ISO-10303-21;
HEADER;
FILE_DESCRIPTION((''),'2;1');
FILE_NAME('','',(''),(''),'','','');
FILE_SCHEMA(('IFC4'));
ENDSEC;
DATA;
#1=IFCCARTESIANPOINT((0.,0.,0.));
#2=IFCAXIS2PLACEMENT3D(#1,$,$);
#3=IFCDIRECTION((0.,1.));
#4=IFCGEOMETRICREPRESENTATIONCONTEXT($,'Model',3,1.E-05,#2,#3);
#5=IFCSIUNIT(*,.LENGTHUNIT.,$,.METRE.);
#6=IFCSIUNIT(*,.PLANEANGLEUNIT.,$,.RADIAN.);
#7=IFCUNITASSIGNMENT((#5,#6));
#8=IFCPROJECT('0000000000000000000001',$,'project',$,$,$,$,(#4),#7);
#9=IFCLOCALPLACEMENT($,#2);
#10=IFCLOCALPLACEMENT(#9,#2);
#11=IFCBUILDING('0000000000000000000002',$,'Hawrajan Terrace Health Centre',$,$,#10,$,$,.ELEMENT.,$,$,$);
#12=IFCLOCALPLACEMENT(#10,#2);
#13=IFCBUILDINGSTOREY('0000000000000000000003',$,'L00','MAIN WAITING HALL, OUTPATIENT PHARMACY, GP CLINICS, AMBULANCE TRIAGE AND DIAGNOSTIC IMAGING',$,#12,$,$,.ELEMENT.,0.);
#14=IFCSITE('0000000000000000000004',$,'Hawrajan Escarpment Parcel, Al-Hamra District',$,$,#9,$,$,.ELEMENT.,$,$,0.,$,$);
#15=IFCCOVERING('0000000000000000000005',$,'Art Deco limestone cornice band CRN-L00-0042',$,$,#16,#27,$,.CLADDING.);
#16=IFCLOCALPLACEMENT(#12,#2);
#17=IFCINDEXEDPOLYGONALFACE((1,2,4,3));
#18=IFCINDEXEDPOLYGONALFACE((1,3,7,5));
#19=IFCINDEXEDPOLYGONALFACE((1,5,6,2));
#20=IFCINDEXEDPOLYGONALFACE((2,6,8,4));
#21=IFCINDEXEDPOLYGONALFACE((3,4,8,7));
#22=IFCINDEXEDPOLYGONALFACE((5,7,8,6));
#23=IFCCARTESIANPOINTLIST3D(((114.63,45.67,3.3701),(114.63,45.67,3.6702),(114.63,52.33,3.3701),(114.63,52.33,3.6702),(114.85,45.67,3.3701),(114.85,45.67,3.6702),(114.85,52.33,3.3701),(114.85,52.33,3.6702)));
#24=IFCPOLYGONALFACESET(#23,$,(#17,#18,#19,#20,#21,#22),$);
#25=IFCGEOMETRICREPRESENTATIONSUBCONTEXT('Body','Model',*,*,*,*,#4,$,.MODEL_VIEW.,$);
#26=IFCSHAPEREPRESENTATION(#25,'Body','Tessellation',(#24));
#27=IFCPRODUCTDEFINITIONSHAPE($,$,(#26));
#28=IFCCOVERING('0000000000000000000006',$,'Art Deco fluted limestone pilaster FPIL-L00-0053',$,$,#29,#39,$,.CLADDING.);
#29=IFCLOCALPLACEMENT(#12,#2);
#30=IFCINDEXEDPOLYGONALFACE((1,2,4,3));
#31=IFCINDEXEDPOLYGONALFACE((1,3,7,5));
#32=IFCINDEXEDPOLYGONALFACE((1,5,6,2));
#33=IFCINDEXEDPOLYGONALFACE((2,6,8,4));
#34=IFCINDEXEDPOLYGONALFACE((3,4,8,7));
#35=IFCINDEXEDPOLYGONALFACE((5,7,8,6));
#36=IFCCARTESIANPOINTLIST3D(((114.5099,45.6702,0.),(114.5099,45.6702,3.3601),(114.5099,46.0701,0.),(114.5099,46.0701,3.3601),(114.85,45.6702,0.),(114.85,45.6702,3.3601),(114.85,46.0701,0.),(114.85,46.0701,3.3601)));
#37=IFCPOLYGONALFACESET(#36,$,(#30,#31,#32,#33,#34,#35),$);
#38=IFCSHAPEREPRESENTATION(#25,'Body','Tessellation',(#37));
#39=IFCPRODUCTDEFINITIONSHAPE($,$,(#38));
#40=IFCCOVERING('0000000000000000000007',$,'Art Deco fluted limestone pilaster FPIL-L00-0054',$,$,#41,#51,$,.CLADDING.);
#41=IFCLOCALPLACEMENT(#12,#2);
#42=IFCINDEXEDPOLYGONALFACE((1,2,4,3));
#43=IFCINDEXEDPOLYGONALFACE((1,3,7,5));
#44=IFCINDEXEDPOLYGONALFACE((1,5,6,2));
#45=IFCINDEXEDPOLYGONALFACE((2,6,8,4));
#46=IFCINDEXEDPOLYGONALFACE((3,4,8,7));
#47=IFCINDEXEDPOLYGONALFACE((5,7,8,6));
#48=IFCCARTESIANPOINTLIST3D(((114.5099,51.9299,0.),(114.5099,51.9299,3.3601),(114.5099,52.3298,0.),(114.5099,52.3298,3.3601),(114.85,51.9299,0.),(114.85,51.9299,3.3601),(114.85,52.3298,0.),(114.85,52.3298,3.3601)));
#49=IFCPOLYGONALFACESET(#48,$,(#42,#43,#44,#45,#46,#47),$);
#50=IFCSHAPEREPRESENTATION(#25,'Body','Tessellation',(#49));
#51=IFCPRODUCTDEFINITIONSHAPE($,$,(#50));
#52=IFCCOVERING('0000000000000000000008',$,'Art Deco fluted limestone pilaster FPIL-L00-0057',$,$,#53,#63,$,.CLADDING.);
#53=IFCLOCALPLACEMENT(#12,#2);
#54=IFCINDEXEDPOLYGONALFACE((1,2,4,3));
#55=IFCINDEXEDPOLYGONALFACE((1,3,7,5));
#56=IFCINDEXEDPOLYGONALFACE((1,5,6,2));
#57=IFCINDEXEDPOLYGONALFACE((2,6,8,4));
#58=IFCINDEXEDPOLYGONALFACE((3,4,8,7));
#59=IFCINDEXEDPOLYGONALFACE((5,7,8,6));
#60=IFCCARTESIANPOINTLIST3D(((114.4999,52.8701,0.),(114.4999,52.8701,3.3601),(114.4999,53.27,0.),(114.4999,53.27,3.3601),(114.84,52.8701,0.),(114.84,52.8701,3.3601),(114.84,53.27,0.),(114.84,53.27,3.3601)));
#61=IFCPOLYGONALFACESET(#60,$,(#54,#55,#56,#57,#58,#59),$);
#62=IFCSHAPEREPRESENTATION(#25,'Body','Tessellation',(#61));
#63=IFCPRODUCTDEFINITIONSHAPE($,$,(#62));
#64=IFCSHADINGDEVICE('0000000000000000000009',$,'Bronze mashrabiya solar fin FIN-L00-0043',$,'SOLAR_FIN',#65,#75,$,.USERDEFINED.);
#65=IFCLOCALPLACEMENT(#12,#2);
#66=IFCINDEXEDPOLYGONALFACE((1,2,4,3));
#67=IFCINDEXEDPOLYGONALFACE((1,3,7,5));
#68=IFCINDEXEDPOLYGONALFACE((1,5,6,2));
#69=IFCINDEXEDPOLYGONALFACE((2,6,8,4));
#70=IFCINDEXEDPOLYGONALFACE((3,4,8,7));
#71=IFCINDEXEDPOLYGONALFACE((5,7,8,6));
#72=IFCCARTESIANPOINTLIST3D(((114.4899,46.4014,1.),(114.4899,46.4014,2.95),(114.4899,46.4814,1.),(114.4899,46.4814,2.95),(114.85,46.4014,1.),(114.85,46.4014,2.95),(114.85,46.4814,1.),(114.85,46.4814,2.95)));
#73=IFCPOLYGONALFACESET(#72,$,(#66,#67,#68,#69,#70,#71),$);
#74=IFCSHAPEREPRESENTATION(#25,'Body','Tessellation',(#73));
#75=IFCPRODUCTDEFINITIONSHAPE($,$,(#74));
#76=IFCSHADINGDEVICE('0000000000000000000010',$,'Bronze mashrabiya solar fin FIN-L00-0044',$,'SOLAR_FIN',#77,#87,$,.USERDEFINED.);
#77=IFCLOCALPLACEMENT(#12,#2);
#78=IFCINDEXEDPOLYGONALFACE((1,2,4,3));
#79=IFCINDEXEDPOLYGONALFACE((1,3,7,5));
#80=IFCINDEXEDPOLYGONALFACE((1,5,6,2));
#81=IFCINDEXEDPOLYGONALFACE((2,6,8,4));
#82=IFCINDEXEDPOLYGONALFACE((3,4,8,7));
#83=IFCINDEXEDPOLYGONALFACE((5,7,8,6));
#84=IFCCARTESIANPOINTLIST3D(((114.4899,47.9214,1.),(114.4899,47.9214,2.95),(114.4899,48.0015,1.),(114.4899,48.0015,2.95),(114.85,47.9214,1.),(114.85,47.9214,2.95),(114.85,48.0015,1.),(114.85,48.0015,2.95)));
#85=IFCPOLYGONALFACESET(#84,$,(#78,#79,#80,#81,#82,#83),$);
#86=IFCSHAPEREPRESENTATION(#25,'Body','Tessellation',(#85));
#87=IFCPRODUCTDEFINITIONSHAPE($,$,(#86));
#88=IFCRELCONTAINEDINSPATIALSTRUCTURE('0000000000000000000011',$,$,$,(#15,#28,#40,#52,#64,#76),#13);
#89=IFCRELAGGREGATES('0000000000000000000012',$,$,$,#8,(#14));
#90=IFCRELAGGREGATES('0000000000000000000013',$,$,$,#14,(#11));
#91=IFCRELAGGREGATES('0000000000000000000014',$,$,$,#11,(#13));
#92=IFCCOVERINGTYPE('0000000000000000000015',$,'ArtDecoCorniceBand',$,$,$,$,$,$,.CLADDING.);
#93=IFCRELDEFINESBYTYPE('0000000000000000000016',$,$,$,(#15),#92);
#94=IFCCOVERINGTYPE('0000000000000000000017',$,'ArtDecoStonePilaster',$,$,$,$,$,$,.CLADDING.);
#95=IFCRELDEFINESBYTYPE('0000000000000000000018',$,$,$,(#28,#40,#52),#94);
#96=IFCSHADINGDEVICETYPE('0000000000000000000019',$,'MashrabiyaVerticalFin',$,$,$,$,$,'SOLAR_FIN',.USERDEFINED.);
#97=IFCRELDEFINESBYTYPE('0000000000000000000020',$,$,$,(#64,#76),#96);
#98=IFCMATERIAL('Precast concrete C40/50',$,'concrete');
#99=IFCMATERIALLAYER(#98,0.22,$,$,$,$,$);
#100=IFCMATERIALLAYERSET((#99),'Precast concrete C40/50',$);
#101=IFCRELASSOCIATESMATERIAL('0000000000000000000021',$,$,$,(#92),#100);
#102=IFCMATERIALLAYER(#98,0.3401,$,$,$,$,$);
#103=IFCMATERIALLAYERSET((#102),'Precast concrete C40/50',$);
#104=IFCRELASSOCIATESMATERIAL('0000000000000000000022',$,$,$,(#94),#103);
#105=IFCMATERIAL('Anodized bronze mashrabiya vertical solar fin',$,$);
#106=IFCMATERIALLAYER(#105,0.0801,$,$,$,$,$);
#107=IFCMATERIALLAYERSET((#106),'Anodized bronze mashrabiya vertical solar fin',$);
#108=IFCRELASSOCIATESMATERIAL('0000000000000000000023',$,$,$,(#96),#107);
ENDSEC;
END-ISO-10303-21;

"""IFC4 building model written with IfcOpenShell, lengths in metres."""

from ifc_helpers import new_model, si_unit, direction, frame, origin, origin_2d, place, context, subcontext, project, spatial, rectangle, extrude, material, layer, layer_set, type_object, element, save


model = new_model("IFC4")

# Units and contexts
model_context = context("Model", 3, precision=1e-05, world=origin(), true_north=direction((0.0, 1.0)))
body_context = subcontext(model_context, "Body", "Model", "MODEL_VIEW")
ifc_project = project(units=[si_unit("LENGTHUNIT", "METRE"), si_unit("PLANEANGLEUNIT", "RADIAN")], contexts=[model_context])

# Site, building, storey
site_placement = place(None, origin())
site = spatial("IfcSite", under=ifc_project, at=site_placement, Name="Hawrajan Escarpment Parcel, Al-Hamra District", CompositionType="ELEMENT", RefElevation=0.0)
building_placement = place(site_placement, origin())
building = spatial("IfcBuilding", under=site, at=building_placement, Name="Hawrajan Terrace Health Centre", CompositionType="ELEMENT")
storey_placement = place(building_placement, origin())
storey = spatial("IfcBuildingStorey", under=building, at=storey_placement, Name="L00", Description="MAIN WAITING HALL, OUTPATIENT PHARMACY, GP CLINICS, AMBULANCE TRIAGE AND DIAGNOSTIC IMAGING", CompositionType="ELEMENT", Elevation=0.0)

# Shared definitions
ifc_material_1 = material(Name="Precast concrete C40/50", Category="concrete")

# Coverings
ifc_layer_1 = layer(ifc_material_1, 0.22)
ifc_layer_set_1 = layer_set([ifc_layer_1], Name="Precast concrete C40/50")
covering_type_1 = type_object("IfcCoveringType", Name="ArtDecoCorniceBand", PredefinedType="CLADDING", material=ifc_layer_set_1)
covering_placement = place(storey_placement, frame((114.74, 49.0, 3.3701), z_axis=(0.0, 0.0, 1.0), x_axis=(0.0, 1.0, 0.0)))
element("IfcCovering", 1, at=covering_placement, inside=storey, type_object=covering_type_1, Name="Art Deco limestone cornice band CRN-L00-0042", PredefinedType="CLADDING", context=body_context, shape_type="SweptSolid", body=[
    extrude(rectangle(XDim=6.6599, YDim=0.22, at=origin_2d()), origin(), (0.0, 0.0, 1.0), 0.3),
])
ifc_layer_2 = layer(ifc_material_1, 0.3401)
ifc_layer_set_2 = layer_set([ifc_layer_2], Name="Precast concrete C40/50")
covering_type_2 = type_object("IfcCoveringType", Name="ArtDecoStonePilaster", PredefinedType="CLADDING", material=ifc_layer_set_2)
for number, where, z_axis, x_axis, name in (
    (2, (114.6799, 45.8701, 0.0), (0.0, 0.0, 1.0), (0.0, 1.0, 0.0), "Art Deco fluted limestone pilaster FPIL-L00-0053"),
    (3, (114.6799, 52.1299, 0.0), (0.0, 0.0, 1.0), (0.0, 1.0, 0.0), "Art Deco fluted limestone pilaster FPIL-L00-0054"),
    (4, (114.6699, 53.0701, 0.0), (0.0, 0.0, 1.0), (0.0, 1.0, 0.0), "Art Deco fluted limestone pilaster FPIL-L00-0057"),
):
    element("IfcCovering", number, at=place(storey_placement, frame(where, z_axis=z_axis, x_axis=x_axis)), inside=storey, type_object=covering_type_2, Name=name, PredefinedType="CLADDING", context=body_context, shape_type="SweptSolid", body=[
        extrude(rectangle(XDim=0.3999, YDim=0.3401, at=origin_2d()), origin(), (0.0, 0.0, 1.0), 3.3601),
    ])

# Shading devices
ifc_material_2 = material(Name="Anodized bronze mashrabiya vertical solar fin")
ifc_layer_3 = layer(ifc_material_2, 0.0801)
ifc_layer_set_3 = layer_set([ifc_layer_3], Name="Anodized bronze mashrabiya vertical solar fin")
shading_device_type = type_object("IfcShadingDeviceType", Name="MashrabiyaVerticalFin", ElementType="SOLAR_FIN", PredefinedType="USERDEFINED", material=ifc_layer_set_3)
for number, where, z_axis, x_axis, name in (
    (5, (114.6699, 46.4414, 1.0), (0.0, 0.0, 1.0), (0.0, 1.0, 0.0), "Bronze mashrabiya solar fin FIN-L00-0043"),
    (6, (114.6699, 47.9614, 1.0), (0.0, 0.0, 1.0), (0.0, 1.0, 0.0), "Bronze mashrabiya solar fin FIN-L00-0044"),
):
    element("IfcShadingDevice", number, at=place(storey_placement, frame(where, z_axis=z_axis, x_axis=x_axis)), inside=storey, type_object=shading_device_type, Name=name, ObjectType="SOLAR_FIN", PredefinedType="USERDEFINED", context=body_context, shape_type="SweptSolid", body=[
        extrude(rectangle(XDim=0.0801, YDim=0.3601, at=origin_2d()), origin(), (0.0, 0.0, 1.0), 1.95),
    ])

save(model, "model.ifc")
